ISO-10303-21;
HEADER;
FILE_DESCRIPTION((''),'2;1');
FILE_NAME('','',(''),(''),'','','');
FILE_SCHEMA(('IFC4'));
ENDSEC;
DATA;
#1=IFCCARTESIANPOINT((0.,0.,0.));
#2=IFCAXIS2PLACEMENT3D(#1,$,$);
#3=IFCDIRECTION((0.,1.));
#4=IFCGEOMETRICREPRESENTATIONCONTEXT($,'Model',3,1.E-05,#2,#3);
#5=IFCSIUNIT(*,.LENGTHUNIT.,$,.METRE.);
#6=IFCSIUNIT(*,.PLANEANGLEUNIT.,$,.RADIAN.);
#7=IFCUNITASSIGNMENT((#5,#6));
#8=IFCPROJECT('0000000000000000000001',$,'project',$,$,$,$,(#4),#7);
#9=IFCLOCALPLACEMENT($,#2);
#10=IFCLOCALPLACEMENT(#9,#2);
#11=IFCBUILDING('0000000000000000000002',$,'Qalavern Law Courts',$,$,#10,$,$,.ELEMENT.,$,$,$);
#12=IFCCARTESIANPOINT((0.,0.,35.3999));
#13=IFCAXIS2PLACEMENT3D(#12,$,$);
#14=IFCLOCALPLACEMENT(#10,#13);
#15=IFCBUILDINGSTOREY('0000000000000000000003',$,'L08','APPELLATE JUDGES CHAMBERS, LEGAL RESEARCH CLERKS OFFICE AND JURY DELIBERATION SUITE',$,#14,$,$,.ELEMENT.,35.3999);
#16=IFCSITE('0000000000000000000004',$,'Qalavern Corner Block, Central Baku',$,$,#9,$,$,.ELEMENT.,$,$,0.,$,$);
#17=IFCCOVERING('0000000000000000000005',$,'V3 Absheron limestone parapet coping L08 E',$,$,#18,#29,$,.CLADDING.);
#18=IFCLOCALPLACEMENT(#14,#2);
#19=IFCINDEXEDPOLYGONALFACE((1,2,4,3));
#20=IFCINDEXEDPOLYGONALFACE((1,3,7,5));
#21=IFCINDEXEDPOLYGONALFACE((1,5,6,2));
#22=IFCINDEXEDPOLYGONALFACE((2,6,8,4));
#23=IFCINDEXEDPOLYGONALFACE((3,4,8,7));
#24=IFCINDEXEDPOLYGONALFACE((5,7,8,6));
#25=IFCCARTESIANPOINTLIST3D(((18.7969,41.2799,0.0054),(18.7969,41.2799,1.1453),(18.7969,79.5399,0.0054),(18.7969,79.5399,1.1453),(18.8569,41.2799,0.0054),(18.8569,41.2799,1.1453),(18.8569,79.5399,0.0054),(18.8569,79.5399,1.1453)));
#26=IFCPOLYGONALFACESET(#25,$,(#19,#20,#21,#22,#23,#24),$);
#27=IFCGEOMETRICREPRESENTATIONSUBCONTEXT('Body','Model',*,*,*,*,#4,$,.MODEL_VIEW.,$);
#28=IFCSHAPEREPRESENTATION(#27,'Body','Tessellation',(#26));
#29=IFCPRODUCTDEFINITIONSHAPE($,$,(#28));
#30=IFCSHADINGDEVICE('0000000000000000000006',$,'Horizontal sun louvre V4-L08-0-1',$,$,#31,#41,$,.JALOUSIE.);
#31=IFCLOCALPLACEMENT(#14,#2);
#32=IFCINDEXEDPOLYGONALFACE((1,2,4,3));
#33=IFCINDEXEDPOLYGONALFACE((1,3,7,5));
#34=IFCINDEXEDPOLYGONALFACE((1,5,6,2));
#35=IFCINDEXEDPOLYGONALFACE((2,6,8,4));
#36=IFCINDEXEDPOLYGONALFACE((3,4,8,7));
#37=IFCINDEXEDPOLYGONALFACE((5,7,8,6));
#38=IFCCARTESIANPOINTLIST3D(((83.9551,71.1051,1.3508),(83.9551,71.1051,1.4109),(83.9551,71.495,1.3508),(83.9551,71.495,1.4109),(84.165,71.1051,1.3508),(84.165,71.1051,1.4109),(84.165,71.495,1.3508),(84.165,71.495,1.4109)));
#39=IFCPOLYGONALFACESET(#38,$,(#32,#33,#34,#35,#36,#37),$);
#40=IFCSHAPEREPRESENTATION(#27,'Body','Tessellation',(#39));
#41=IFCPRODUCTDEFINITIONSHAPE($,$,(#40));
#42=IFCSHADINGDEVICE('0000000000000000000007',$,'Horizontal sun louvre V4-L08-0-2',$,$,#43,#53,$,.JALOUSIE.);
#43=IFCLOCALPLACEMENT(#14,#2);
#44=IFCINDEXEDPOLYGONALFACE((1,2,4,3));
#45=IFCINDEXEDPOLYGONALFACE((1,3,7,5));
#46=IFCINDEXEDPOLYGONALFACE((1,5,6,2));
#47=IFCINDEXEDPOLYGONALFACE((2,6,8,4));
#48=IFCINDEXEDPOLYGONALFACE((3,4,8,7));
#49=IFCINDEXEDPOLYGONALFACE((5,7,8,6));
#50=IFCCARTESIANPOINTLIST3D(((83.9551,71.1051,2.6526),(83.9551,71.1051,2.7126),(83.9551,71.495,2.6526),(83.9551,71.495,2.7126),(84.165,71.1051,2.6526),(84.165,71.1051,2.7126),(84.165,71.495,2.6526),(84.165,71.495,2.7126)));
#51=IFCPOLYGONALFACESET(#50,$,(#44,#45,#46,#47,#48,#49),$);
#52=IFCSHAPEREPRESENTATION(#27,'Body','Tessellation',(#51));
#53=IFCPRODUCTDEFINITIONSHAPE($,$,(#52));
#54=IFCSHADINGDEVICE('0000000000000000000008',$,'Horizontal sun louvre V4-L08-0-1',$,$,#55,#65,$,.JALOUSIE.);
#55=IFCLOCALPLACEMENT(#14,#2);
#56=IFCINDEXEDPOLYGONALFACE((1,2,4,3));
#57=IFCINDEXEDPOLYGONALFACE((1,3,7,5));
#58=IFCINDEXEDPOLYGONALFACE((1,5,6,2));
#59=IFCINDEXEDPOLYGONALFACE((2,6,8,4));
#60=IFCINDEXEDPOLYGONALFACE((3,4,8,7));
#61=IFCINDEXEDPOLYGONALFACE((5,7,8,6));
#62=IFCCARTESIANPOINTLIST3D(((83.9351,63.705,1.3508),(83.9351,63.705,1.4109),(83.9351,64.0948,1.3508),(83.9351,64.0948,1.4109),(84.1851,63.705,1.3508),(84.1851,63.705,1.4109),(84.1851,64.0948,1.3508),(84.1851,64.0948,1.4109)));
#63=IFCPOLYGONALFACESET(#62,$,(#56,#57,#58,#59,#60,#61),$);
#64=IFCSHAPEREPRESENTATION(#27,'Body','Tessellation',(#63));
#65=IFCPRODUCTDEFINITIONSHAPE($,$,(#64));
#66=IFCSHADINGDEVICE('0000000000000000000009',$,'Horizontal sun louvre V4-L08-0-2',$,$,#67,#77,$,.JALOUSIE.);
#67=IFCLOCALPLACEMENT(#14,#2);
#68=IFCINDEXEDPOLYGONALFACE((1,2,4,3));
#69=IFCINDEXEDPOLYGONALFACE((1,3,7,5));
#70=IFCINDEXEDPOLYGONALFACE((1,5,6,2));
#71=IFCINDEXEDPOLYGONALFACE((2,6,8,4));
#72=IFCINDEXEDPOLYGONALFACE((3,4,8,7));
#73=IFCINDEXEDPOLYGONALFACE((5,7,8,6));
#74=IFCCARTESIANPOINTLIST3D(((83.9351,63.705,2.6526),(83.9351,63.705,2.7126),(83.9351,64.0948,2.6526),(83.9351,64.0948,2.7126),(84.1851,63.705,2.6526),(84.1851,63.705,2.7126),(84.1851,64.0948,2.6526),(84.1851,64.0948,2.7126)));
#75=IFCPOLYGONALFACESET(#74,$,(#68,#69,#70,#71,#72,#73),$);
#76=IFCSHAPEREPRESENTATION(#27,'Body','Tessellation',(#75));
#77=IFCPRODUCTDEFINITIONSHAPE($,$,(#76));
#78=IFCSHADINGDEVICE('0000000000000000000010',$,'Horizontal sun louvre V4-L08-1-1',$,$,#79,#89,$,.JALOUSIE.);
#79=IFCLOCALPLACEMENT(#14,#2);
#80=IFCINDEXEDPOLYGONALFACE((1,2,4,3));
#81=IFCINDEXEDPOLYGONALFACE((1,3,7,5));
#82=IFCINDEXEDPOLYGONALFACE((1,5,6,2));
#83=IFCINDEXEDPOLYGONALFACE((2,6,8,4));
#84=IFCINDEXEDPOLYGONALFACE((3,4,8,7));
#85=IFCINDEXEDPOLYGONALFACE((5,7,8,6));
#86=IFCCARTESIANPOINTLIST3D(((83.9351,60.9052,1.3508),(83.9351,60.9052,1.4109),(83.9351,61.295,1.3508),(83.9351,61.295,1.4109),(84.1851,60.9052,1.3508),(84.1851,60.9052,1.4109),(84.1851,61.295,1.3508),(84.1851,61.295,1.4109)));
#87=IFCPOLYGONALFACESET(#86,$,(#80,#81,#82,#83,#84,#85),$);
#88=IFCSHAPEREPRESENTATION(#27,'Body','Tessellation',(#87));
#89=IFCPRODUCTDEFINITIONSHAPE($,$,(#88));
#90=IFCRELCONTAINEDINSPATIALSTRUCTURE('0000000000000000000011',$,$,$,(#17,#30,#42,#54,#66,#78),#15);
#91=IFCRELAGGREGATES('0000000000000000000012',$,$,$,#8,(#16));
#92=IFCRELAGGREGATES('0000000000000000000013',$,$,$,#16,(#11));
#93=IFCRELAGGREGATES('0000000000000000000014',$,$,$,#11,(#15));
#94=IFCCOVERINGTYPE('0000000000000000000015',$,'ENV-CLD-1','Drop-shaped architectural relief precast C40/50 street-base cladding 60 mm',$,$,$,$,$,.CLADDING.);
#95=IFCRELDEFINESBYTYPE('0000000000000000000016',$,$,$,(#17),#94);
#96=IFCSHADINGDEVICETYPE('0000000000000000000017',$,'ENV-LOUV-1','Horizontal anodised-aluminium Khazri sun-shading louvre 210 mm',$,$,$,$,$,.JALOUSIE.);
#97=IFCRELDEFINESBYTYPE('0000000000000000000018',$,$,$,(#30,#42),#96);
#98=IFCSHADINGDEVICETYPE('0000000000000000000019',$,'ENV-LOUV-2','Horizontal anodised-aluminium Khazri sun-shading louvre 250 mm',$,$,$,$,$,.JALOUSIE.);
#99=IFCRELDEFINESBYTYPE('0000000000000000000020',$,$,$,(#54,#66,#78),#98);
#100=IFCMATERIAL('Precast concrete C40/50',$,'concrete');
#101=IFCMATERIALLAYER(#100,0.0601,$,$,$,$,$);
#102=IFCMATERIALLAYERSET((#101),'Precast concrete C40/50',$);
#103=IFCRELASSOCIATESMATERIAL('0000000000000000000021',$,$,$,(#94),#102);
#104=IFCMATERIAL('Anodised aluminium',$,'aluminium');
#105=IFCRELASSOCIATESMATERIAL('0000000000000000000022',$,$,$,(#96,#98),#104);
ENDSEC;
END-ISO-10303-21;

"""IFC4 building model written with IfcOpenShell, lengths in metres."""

from ifc_helpers import new_model, si_unit, direction, frame, origin, origin_2d, place, context, subcontext, project, spatial, rectangle, extrude, material, layer, layer_set, type_object, element, save


model = new_model("IFC4")

# Units and contexts
model_context = context("Model", 3, precision=1e-05, world=origin(), true_north=direction((0.0, 1.0)))
body_context = subcontext(model_context, "Body", "Model", "MODEL_VIEW")
ifc_project = project(units=[si_unit("LENGTHUNIT", "METRE"), si_unit("PLANEANGLEUNIT", "RADIAN")], contexts=[model_context])

# Site, building, storey
site_placement = place(None, origin())
site = spatial("IfcSite", under=ifc_project, at=site_placement, Name="Qalavern Corner Block, Central Baku", CompositionType="ELEMENT", RefElevation=0.0)
building_placement = place(site_placement, origin())
building = spatial("IfcBuilding", under=site, at=building_placement, Name="Qalavern Law Courts", CompositionType="ELEMENT")
storey_placement = place(building_placement, frame((0.0, 0.0, 35.3999)))
storey = spatial("IfcBuildingStorey", under=building, at=storey_placement, Name="L08", Description="APPELLATE JUDGES CHAMBERS, LEGAL RESEARCH CLERKS OFFICE AND JURY DELIBERATION SUITE", CompositionType="ELEMENT", Elevation=35.3999)

# Covering
ifc_material_1 = material(Name="Precast concrete C40/50", Category="concrete")
ifc_layer_1 = layer(ifc_material_1, 0.0601)
ifc_layer_set_1 = layer_set([ifc_layer_1], Name="Precast concrete C40/50")
covering_type_1 = type_object("IfcCoveringType", Name="ENV-CLD-1", Description="Drop-shaped architectural relief precast C40/50 street-base cladding 60 mm", PredefinedType="CLADDING", material=ifc_layer_set_1)
covering_placement = place(storey_placement, frame((18.8269, 60.4099, 0.0054), z_axis=(0.0, 0.0, 1.0), x_axis=(0.0, 1.0, 0.0)))
element("IfcCovering", 1, at=covering_placement, inside=storey, type_object=covering_type_1, Name="V3 Absheron limestone parapet coping L08 E", PredefinedType="CLADDING", context=body_context, shape_type="SweptSolid", body=[
    extrude(rectangle(XDim=38.26, YDim=0.0601, at=origin_2d()), origin(), (0.0, 0.0, 1.0), 1.1399),
])

# Shading devices
ifc_material_2 = material(Name="Anodised aluminium", Category="aluminium")
shading_device_type_1 = type_object("IfcShadingDeviceType", Name="ENV-LOUV-1", Description="Horizontal anodised-aluminium Khazri sun-shading louvre 210 mm", PredefinedType="JALOUSIE", material=ifc_material_2)
for number, where, z_axis, x_axis, name in (
    (2, (84.0601, 71.3, 1.3508), (0.0, 0.0, 1.0), (0.0, -1.0, 0.0), "Horizontal sun louvre V4-L08-0-1"),
    (3, (84.0601, 71.3, 2.6526), (0.0, 0.0, 1.0), (0.0, -1.0, 0.0), "Horizontal sun louvre V4-L08-0-2"),
):
    element("IfcShadingDevice", number, at=place(storey_placement, frame(where, z_axis=z_axis, x_axis=x_axis)), inside=storey, type_object=shading_device_type_1, Name=name, PredefinedType="JALOUSIE", context=body_context, shape_type="SweptSolid", body=[
        extrude(rectangle(XDim=0.3899, YDim=0.21, at=origin_2d()), origin(), (0.0, 0.0, 1.0), 0.0601),
    ])
shading_device_type_2 = type_object("IfcShadingDeviceType", Name="ENV-LOUV-2", Description="Horizontal anodised-aluminium Khazri sun-shading louvre 250 mm", PredefinedType="JALOUSIE", material=ifc_material_2)
for number, where, z_axis, x_axis, name in (
    (4, (84.0601, 63.8999, 1.3508), (0.0, 0.0, 1.0), (0.0, -1.0, 0.0), "Horizontal sun louvre V4-L08-0-1"),
    (5, (84.0601, 63.8999, 2.6526), (0.0, 0.0, 1.0), (0.0, -1.0, 0.0), "Horizontal sun louvre V4-L08-0-2"),
    (6, (84.0601, 61.1001, 1.3508), (0.0, 0.0, 1.0), (0.0, -1.0, 0.0), "Horizontal sun louvre V4-L08-1-1"),
):
    element("IfcShadingDevice", number, at=place(storey_placement, frame(where, z_axis=z_axis, x_axis=x_axis)), inside=storey, type_object=shading_device_type_2, Name=name, PredefinedType="JALOUSIE", context=body_context, shape_type="SweptSolid", body=[
        extrude(rectangle(XDim=0.3899, YDim=0.25, at=origin_2d()), origin(), (0.0, 0.0, 1.0), 0.0601),
    ])

save(model, "model.ifc")
